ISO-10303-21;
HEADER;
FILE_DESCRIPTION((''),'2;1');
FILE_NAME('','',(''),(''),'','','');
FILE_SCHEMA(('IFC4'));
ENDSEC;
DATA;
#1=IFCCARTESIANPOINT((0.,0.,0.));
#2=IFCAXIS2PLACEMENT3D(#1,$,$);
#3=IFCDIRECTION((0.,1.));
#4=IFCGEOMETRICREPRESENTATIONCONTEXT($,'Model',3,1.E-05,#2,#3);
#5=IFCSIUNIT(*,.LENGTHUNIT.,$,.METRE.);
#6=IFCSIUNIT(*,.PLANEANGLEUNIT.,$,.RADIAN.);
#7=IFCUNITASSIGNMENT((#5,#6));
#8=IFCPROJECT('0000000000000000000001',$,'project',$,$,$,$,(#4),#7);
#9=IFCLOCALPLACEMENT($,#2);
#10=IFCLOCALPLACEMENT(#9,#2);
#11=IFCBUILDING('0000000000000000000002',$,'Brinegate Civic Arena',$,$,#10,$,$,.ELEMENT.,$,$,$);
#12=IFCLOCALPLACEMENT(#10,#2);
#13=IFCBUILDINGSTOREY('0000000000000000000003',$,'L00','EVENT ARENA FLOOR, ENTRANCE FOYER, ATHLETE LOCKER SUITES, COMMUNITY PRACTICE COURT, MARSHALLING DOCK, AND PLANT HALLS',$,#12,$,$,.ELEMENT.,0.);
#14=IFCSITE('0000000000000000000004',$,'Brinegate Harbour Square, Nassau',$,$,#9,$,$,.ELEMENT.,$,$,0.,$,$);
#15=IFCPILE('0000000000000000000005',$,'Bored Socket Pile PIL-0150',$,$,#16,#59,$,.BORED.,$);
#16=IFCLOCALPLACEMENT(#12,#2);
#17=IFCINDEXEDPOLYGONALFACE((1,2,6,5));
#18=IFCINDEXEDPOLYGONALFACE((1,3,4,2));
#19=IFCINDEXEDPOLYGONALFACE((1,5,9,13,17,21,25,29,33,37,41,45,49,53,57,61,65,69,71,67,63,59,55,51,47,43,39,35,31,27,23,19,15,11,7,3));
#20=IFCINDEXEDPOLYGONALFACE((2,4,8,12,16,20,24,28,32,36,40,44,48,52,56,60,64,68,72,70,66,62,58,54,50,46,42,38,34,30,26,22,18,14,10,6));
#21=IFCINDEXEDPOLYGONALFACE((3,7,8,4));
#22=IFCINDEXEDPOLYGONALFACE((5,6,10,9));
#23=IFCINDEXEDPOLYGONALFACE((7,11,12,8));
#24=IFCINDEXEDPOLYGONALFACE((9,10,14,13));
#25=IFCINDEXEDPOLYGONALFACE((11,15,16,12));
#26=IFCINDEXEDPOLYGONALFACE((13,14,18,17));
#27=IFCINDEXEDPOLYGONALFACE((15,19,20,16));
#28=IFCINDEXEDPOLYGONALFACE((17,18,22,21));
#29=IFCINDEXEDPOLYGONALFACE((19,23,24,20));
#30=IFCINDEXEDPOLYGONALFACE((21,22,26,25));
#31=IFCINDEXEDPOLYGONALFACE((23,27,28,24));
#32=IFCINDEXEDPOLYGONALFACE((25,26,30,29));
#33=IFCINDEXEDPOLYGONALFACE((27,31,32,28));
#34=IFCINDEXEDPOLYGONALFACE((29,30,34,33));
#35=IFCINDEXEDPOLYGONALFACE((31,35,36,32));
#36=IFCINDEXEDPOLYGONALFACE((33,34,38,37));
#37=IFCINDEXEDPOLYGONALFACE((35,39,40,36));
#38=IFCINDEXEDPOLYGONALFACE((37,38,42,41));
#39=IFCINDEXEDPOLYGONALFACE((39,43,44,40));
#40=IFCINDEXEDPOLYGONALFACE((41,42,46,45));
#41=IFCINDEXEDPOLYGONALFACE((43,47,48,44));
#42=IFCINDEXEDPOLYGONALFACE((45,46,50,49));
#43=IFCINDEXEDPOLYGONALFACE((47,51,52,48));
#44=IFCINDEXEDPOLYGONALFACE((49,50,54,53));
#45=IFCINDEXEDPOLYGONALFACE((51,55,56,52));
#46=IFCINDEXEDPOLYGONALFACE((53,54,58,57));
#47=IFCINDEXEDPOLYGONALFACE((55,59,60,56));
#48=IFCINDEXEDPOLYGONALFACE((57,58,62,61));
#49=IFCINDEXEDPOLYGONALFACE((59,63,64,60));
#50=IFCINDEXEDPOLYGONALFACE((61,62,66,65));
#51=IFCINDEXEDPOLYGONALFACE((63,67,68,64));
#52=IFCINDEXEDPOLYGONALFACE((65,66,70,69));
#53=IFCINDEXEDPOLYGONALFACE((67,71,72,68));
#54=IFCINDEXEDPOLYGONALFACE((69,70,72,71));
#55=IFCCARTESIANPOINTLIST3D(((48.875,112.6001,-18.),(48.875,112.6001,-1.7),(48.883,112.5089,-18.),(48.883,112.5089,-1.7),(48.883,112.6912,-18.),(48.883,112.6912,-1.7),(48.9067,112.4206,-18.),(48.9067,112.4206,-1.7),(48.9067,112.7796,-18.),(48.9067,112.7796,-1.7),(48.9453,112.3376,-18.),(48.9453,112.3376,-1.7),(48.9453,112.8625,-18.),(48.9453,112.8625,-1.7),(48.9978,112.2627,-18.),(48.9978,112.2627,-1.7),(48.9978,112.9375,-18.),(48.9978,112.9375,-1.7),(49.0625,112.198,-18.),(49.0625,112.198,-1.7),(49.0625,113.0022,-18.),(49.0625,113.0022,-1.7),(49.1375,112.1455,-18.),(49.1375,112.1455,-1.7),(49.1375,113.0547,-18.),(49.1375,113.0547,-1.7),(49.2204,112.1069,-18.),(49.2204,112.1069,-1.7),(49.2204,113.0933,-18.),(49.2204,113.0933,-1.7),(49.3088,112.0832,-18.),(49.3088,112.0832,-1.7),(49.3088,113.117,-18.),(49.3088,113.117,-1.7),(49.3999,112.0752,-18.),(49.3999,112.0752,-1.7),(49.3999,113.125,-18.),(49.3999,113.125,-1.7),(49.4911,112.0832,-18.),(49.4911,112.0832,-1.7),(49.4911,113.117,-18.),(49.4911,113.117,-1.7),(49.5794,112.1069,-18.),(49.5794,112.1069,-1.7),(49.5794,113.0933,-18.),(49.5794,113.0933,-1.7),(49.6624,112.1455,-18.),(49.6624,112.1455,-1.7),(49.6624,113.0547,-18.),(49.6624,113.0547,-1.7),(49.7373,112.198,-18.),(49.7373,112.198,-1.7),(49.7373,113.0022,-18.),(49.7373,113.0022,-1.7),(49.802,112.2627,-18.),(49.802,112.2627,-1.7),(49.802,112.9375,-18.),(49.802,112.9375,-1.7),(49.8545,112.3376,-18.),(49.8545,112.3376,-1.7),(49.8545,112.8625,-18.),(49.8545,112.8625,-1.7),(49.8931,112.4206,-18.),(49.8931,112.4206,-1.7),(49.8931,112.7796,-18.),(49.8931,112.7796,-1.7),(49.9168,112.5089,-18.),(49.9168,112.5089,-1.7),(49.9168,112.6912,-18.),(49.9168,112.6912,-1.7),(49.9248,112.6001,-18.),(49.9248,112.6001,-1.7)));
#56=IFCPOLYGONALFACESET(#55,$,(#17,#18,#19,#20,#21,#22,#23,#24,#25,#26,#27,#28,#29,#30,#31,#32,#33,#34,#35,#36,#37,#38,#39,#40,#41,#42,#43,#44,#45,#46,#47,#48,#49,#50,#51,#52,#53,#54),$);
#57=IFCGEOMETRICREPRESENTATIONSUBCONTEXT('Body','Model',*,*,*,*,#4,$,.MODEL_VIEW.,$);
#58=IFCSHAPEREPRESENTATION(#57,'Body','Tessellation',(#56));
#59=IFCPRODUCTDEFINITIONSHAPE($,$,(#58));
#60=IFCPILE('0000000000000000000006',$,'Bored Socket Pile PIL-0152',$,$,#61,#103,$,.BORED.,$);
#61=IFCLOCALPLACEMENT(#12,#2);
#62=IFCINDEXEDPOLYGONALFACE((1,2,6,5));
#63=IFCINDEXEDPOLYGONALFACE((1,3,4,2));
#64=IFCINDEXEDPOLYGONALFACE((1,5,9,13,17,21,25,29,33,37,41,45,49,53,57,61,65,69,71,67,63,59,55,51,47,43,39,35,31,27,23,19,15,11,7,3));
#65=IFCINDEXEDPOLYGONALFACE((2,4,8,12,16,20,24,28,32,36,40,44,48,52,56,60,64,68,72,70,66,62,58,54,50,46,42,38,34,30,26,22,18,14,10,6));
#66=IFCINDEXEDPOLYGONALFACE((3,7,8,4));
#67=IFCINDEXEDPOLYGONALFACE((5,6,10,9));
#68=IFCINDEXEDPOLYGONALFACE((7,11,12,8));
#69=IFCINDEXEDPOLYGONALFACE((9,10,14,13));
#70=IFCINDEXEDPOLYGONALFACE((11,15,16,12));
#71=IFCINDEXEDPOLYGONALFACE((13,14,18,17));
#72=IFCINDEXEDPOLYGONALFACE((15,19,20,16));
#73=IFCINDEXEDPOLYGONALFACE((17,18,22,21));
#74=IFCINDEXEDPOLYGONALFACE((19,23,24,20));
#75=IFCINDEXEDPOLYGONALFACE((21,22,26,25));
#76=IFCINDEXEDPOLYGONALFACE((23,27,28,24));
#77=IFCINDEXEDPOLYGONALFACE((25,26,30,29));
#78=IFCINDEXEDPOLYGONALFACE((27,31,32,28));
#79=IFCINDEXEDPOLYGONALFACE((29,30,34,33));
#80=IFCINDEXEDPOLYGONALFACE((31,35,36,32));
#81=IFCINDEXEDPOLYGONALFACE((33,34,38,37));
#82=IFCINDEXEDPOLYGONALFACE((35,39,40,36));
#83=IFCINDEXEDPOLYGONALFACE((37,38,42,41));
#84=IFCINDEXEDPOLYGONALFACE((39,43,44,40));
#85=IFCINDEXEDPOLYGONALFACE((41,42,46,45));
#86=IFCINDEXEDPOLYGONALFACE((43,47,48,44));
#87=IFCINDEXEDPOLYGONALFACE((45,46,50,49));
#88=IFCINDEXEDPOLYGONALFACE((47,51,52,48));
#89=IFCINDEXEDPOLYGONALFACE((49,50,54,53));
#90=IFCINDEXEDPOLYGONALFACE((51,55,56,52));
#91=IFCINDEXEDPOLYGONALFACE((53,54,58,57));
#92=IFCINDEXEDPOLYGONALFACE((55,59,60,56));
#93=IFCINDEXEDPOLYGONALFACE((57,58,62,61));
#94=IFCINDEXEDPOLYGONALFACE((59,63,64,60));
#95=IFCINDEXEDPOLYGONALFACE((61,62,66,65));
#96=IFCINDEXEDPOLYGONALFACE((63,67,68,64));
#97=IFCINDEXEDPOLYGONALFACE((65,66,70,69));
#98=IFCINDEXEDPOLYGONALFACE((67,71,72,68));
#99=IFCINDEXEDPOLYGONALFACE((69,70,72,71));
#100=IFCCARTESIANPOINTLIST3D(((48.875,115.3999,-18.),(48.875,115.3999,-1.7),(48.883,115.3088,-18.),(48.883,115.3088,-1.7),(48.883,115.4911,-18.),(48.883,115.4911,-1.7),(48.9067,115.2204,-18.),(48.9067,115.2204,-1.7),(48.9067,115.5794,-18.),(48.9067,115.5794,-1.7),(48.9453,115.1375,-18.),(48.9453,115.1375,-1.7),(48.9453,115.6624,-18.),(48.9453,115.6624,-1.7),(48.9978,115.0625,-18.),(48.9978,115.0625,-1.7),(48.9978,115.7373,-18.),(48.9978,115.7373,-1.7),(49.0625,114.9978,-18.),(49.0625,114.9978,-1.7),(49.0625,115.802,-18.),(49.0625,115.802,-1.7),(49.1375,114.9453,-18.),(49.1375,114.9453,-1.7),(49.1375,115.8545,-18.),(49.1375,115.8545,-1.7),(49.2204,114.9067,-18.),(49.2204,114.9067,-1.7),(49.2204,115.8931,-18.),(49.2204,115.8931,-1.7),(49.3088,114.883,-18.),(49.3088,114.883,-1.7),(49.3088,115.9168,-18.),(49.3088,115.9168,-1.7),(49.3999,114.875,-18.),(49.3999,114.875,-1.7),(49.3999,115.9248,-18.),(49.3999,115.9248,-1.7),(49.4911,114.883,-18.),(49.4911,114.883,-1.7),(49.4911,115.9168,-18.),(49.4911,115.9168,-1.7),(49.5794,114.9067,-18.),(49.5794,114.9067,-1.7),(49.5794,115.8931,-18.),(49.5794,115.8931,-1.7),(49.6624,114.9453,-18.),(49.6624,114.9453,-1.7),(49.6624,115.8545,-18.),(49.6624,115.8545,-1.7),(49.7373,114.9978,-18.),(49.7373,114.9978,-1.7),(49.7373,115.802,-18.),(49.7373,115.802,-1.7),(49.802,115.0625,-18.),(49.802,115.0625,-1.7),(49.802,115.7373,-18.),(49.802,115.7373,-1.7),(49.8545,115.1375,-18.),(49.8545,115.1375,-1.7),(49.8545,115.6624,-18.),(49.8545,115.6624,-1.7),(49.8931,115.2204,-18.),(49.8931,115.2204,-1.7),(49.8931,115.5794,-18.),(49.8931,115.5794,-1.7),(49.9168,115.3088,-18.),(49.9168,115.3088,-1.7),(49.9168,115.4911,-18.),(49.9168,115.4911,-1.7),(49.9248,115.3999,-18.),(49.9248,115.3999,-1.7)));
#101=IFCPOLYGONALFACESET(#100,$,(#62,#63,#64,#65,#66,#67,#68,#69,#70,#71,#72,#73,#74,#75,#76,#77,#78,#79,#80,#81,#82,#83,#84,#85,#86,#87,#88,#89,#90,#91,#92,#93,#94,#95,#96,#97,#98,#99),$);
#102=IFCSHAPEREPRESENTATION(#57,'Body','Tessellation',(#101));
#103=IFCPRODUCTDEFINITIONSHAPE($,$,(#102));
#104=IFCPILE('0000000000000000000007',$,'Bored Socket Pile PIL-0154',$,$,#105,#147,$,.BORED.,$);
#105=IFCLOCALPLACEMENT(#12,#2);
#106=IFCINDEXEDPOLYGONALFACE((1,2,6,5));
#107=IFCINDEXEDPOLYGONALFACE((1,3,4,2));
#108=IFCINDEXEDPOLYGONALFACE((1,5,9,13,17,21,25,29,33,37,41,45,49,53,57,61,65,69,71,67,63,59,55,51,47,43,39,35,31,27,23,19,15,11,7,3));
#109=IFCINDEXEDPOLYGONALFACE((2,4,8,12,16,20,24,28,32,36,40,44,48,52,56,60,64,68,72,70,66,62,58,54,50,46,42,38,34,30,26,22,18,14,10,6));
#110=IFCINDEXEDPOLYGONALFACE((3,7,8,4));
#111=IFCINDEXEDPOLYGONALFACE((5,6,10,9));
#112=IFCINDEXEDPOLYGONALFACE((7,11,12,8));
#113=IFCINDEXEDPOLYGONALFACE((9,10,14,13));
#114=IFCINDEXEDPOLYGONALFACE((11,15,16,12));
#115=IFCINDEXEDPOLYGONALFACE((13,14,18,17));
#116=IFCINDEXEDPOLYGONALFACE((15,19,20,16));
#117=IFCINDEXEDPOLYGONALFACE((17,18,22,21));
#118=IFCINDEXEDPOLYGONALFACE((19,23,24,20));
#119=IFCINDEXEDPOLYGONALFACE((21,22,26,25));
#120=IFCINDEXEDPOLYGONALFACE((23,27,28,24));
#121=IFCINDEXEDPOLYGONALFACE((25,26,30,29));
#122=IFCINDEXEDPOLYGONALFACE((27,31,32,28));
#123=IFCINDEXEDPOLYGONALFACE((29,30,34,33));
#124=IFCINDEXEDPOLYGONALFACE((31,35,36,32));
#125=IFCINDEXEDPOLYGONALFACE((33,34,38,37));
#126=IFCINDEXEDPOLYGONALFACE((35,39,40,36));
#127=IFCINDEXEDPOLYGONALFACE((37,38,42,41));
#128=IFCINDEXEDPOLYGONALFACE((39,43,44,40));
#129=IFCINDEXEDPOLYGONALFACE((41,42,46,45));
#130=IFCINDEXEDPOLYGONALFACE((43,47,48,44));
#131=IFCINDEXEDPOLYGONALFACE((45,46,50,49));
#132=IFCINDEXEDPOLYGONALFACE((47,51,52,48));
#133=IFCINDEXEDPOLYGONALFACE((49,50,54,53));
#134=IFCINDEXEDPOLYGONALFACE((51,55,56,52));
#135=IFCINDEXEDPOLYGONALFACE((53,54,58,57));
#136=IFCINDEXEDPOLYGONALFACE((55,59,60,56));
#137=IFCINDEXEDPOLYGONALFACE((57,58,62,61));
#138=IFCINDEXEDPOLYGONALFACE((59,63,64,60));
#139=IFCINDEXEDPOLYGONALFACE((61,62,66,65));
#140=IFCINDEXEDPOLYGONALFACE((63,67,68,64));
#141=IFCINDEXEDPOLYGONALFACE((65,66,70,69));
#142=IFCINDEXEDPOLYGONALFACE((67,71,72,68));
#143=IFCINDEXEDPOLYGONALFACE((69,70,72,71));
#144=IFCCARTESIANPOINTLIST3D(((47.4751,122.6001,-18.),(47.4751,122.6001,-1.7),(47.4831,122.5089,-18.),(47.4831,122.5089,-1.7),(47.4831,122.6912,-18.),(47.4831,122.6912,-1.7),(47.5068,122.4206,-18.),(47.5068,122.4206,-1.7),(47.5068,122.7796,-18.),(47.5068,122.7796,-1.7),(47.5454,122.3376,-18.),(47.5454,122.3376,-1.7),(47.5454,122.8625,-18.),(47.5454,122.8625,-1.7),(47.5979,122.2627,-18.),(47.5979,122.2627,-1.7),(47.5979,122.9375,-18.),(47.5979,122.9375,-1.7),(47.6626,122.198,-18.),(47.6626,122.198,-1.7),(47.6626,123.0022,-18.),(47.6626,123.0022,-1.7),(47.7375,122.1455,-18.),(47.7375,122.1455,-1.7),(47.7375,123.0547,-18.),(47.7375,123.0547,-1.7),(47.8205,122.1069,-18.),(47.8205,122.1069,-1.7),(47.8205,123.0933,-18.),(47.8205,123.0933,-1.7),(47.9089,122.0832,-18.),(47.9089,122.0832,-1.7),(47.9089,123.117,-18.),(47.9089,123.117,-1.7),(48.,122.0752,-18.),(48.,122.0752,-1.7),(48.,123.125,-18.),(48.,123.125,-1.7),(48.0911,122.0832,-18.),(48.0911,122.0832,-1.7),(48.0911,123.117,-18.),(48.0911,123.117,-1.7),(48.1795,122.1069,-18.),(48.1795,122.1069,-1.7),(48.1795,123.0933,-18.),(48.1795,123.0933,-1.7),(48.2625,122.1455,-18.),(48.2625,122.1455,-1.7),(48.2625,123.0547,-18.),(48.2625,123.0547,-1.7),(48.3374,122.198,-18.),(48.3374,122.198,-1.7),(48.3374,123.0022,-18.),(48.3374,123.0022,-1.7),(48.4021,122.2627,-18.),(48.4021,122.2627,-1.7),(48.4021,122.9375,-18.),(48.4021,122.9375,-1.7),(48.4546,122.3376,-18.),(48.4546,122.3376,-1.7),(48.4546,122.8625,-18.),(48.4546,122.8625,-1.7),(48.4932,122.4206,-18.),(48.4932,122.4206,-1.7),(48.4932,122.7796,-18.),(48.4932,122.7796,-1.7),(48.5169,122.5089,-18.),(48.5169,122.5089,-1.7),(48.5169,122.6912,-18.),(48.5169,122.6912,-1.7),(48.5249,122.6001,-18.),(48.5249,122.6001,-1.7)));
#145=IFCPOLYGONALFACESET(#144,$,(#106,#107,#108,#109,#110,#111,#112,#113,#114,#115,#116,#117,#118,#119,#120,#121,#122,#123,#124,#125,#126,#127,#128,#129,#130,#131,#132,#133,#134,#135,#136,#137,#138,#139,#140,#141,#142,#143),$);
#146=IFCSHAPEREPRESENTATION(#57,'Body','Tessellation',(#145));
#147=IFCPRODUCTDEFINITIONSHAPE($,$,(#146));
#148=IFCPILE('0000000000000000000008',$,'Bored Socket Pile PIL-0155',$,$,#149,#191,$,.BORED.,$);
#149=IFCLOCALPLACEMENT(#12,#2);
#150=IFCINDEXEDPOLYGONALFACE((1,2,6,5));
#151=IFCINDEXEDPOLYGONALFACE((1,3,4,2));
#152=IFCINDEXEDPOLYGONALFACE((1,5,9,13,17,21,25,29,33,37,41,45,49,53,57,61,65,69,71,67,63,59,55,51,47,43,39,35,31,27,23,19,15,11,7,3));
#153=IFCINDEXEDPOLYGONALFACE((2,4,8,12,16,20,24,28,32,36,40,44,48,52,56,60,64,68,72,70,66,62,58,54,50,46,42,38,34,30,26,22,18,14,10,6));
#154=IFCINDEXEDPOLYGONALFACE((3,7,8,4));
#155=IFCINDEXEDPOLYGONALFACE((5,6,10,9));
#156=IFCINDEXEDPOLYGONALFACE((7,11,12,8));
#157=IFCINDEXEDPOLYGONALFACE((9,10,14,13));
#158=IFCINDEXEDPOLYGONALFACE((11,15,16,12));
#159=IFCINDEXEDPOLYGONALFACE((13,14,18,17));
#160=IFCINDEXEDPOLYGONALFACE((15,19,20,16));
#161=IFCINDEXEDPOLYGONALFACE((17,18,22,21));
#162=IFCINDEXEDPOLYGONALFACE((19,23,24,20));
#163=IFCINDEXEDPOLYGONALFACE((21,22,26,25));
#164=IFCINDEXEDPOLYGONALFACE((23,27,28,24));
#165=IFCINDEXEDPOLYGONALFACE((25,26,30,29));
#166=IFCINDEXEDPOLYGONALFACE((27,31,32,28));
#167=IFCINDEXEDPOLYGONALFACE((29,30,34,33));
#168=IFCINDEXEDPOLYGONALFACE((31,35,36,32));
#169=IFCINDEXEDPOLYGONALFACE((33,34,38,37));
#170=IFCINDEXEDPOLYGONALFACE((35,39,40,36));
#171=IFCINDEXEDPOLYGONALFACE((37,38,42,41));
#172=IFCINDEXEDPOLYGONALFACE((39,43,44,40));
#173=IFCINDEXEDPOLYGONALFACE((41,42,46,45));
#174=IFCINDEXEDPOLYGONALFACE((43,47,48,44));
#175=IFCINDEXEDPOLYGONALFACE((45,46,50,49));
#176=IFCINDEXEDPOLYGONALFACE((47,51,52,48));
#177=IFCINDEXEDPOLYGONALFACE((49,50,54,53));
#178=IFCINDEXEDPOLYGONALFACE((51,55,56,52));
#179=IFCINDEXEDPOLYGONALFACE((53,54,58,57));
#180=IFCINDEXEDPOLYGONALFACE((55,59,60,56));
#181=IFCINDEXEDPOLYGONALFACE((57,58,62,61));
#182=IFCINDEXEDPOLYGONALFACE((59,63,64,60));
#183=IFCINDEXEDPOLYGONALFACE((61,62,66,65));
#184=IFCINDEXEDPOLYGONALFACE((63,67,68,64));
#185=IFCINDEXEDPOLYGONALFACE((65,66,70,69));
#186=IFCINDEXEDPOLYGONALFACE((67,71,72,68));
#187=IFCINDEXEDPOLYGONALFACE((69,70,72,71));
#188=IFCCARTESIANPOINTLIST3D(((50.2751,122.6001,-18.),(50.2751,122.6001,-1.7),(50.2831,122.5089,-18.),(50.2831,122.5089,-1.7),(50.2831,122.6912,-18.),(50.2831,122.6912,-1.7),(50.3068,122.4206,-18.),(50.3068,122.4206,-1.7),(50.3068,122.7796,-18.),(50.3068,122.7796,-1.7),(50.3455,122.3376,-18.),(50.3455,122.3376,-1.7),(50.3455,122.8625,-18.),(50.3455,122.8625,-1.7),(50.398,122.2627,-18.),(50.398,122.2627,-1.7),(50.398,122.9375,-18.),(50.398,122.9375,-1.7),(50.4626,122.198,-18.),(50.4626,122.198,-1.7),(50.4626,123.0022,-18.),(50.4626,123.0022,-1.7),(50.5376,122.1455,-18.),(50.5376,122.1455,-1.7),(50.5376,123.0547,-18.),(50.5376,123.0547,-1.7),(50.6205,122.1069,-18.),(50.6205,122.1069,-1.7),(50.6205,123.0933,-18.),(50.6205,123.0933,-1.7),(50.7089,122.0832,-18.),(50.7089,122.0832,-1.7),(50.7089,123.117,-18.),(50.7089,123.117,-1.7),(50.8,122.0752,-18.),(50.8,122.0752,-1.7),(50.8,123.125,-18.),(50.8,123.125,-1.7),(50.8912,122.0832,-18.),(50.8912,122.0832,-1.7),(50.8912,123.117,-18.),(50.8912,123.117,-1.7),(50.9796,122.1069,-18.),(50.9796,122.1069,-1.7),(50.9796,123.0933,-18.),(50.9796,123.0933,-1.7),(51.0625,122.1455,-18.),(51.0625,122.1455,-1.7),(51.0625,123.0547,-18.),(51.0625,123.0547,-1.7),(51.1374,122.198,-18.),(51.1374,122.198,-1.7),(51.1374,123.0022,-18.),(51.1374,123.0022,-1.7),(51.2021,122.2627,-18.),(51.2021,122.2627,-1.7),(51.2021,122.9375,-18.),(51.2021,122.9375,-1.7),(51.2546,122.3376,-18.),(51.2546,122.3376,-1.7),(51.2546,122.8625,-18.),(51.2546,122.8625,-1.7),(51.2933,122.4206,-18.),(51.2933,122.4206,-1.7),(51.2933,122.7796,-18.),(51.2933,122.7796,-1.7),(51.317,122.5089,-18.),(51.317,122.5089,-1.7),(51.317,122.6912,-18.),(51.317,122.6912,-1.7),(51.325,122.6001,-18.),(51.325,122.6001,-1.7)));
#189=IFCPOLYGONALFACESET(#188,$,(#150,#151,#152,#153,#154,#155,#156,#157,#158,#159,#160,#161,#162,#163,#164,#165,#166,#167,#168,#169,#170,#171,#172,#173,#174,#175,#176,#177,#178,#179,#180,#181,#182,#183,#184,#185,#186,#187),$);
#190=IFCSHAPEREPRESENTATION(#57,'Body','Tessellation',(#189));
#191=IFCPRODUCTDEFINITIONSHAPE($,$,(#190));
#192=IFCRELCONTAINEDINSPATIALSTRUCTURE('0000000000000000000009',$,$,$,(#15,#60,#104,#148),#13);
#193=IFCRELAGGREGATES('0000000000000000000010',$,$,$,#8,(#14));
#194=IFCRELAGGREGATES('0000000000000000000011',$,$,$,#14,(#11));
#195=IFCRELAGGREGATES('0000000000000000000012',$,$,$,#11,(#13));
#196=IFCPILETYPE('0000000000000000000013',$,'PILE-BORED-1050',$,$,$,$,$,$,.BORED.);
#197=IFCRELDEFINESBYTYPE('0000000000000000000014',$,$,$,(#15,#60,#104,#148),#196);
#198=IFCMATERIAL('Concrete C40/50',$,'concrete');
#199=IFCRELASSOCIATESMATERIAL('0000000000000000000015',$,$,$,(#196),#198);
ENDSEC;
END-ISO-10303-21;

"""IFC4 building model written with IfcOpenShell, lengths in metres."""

from ifc_helpers import new_model, si_unit, direction, frame, origin, origin_2d, place, context, subcontext, project, spatial, circle, extrude, material, material_profile, profile_set, type_object, element, save


model = new_model("IFC4")

# Units and contexts
model_context = context("Model", 3, precision=1e-05, world=origin(), true_north=direction((0.0, 1.0)))
body_context = subcontext(model_context, "Body", "Model", "MODEL_VIEW")
ifc_project = project(units=[si_unit("LENGTHUNIT", "METRE"), si_unit("PLANEANGLEUNIT", "RADIAN")], contexts=[model_context])

# Site, building, storey
site_placement = place(None, origin())
site = spatial("IfcSite", under=ifc_project, at=site_placement, Name="Brinegate Harbour Square, Nassau", CompositionType="ELEMENT", RefElevation=0.0)
building_placement = place(site_placement, origin())
building = spatial("IfcBuilding", under=site, at=building_placement, Name="Brinegate Civic Arena", CompositionType="ELEMENT")
storey_placement = place(building_placement, origin())
storey = spatial("IfcBuildingStorey", under=building, at=storey_placement, Name="L00", Description="EVENT ARENA FLOOR, ENTRANCE FOYER, ATHLETE LOCKER SUITES, COMMUNITY PRACTICE COURT, MARSHALLING DOCK, AND PLANT HALLS", CompositionType="ELEMENT", Elevation=0.0)

# Shared definitions
ifc_material_1 = material(Name="Concrete C40/50", Category="concrete")

# Piles
ifc_material_profile_1 = material_profile(ifc_material_1, circle(Radius=0.5249, at=origin_2d()), Name="PILED1050")
ifc_profile_set_1 = profile_set([ifc_material_profile_1], Name="Concrete C40/50")
pile_type_1 = type_object("IfcPileType", Name="PILE-BORED-1050", PredefinedType="BORED", material=ifc_profile_set_1)
for number, where, z_axis, x_axis, name in (
    (1, (49.3999, 112.6001, -1.7), (0.0, 0.0, -1.0), (1.0, 0.0, 0.0), "Bored Socket Pile PIL-0150"),
    (2, (49.3999, 115.3999, -1.7), (0.0, 0.0, -1.0), (1.0, 0.0, 0.0), "Bored Socket Pile PIL-0152"),
    (3, (48.0, 122.6001, -1.7), (0.0, 0.0, -1.0), (1.0, 0.0, 0.0), "Bored Socket Pile PIL-0154"),
    (4, (50.8, 122.6001, -1.7), (0.0, 0.0, -1.0), (1.0, 0.0, 0.0), "Bored Socket Pile PIL-0155"),
):
    element("IfcPile", number, at=place(storey_placement, frame(where, z_axis=z_axis, x_axis=x_axis)), inside=storey, type_object=pile_type_1, Name=name, PredefinedType="BORED", context=body_context, shape_type="SweptSolid", body=[
        extrude(circle(Radius=0.5249, at=origin_2d()), origin(), (0.0, 0.0, 1.0), 16.3),
    ])

save(model, "model.ifc")
